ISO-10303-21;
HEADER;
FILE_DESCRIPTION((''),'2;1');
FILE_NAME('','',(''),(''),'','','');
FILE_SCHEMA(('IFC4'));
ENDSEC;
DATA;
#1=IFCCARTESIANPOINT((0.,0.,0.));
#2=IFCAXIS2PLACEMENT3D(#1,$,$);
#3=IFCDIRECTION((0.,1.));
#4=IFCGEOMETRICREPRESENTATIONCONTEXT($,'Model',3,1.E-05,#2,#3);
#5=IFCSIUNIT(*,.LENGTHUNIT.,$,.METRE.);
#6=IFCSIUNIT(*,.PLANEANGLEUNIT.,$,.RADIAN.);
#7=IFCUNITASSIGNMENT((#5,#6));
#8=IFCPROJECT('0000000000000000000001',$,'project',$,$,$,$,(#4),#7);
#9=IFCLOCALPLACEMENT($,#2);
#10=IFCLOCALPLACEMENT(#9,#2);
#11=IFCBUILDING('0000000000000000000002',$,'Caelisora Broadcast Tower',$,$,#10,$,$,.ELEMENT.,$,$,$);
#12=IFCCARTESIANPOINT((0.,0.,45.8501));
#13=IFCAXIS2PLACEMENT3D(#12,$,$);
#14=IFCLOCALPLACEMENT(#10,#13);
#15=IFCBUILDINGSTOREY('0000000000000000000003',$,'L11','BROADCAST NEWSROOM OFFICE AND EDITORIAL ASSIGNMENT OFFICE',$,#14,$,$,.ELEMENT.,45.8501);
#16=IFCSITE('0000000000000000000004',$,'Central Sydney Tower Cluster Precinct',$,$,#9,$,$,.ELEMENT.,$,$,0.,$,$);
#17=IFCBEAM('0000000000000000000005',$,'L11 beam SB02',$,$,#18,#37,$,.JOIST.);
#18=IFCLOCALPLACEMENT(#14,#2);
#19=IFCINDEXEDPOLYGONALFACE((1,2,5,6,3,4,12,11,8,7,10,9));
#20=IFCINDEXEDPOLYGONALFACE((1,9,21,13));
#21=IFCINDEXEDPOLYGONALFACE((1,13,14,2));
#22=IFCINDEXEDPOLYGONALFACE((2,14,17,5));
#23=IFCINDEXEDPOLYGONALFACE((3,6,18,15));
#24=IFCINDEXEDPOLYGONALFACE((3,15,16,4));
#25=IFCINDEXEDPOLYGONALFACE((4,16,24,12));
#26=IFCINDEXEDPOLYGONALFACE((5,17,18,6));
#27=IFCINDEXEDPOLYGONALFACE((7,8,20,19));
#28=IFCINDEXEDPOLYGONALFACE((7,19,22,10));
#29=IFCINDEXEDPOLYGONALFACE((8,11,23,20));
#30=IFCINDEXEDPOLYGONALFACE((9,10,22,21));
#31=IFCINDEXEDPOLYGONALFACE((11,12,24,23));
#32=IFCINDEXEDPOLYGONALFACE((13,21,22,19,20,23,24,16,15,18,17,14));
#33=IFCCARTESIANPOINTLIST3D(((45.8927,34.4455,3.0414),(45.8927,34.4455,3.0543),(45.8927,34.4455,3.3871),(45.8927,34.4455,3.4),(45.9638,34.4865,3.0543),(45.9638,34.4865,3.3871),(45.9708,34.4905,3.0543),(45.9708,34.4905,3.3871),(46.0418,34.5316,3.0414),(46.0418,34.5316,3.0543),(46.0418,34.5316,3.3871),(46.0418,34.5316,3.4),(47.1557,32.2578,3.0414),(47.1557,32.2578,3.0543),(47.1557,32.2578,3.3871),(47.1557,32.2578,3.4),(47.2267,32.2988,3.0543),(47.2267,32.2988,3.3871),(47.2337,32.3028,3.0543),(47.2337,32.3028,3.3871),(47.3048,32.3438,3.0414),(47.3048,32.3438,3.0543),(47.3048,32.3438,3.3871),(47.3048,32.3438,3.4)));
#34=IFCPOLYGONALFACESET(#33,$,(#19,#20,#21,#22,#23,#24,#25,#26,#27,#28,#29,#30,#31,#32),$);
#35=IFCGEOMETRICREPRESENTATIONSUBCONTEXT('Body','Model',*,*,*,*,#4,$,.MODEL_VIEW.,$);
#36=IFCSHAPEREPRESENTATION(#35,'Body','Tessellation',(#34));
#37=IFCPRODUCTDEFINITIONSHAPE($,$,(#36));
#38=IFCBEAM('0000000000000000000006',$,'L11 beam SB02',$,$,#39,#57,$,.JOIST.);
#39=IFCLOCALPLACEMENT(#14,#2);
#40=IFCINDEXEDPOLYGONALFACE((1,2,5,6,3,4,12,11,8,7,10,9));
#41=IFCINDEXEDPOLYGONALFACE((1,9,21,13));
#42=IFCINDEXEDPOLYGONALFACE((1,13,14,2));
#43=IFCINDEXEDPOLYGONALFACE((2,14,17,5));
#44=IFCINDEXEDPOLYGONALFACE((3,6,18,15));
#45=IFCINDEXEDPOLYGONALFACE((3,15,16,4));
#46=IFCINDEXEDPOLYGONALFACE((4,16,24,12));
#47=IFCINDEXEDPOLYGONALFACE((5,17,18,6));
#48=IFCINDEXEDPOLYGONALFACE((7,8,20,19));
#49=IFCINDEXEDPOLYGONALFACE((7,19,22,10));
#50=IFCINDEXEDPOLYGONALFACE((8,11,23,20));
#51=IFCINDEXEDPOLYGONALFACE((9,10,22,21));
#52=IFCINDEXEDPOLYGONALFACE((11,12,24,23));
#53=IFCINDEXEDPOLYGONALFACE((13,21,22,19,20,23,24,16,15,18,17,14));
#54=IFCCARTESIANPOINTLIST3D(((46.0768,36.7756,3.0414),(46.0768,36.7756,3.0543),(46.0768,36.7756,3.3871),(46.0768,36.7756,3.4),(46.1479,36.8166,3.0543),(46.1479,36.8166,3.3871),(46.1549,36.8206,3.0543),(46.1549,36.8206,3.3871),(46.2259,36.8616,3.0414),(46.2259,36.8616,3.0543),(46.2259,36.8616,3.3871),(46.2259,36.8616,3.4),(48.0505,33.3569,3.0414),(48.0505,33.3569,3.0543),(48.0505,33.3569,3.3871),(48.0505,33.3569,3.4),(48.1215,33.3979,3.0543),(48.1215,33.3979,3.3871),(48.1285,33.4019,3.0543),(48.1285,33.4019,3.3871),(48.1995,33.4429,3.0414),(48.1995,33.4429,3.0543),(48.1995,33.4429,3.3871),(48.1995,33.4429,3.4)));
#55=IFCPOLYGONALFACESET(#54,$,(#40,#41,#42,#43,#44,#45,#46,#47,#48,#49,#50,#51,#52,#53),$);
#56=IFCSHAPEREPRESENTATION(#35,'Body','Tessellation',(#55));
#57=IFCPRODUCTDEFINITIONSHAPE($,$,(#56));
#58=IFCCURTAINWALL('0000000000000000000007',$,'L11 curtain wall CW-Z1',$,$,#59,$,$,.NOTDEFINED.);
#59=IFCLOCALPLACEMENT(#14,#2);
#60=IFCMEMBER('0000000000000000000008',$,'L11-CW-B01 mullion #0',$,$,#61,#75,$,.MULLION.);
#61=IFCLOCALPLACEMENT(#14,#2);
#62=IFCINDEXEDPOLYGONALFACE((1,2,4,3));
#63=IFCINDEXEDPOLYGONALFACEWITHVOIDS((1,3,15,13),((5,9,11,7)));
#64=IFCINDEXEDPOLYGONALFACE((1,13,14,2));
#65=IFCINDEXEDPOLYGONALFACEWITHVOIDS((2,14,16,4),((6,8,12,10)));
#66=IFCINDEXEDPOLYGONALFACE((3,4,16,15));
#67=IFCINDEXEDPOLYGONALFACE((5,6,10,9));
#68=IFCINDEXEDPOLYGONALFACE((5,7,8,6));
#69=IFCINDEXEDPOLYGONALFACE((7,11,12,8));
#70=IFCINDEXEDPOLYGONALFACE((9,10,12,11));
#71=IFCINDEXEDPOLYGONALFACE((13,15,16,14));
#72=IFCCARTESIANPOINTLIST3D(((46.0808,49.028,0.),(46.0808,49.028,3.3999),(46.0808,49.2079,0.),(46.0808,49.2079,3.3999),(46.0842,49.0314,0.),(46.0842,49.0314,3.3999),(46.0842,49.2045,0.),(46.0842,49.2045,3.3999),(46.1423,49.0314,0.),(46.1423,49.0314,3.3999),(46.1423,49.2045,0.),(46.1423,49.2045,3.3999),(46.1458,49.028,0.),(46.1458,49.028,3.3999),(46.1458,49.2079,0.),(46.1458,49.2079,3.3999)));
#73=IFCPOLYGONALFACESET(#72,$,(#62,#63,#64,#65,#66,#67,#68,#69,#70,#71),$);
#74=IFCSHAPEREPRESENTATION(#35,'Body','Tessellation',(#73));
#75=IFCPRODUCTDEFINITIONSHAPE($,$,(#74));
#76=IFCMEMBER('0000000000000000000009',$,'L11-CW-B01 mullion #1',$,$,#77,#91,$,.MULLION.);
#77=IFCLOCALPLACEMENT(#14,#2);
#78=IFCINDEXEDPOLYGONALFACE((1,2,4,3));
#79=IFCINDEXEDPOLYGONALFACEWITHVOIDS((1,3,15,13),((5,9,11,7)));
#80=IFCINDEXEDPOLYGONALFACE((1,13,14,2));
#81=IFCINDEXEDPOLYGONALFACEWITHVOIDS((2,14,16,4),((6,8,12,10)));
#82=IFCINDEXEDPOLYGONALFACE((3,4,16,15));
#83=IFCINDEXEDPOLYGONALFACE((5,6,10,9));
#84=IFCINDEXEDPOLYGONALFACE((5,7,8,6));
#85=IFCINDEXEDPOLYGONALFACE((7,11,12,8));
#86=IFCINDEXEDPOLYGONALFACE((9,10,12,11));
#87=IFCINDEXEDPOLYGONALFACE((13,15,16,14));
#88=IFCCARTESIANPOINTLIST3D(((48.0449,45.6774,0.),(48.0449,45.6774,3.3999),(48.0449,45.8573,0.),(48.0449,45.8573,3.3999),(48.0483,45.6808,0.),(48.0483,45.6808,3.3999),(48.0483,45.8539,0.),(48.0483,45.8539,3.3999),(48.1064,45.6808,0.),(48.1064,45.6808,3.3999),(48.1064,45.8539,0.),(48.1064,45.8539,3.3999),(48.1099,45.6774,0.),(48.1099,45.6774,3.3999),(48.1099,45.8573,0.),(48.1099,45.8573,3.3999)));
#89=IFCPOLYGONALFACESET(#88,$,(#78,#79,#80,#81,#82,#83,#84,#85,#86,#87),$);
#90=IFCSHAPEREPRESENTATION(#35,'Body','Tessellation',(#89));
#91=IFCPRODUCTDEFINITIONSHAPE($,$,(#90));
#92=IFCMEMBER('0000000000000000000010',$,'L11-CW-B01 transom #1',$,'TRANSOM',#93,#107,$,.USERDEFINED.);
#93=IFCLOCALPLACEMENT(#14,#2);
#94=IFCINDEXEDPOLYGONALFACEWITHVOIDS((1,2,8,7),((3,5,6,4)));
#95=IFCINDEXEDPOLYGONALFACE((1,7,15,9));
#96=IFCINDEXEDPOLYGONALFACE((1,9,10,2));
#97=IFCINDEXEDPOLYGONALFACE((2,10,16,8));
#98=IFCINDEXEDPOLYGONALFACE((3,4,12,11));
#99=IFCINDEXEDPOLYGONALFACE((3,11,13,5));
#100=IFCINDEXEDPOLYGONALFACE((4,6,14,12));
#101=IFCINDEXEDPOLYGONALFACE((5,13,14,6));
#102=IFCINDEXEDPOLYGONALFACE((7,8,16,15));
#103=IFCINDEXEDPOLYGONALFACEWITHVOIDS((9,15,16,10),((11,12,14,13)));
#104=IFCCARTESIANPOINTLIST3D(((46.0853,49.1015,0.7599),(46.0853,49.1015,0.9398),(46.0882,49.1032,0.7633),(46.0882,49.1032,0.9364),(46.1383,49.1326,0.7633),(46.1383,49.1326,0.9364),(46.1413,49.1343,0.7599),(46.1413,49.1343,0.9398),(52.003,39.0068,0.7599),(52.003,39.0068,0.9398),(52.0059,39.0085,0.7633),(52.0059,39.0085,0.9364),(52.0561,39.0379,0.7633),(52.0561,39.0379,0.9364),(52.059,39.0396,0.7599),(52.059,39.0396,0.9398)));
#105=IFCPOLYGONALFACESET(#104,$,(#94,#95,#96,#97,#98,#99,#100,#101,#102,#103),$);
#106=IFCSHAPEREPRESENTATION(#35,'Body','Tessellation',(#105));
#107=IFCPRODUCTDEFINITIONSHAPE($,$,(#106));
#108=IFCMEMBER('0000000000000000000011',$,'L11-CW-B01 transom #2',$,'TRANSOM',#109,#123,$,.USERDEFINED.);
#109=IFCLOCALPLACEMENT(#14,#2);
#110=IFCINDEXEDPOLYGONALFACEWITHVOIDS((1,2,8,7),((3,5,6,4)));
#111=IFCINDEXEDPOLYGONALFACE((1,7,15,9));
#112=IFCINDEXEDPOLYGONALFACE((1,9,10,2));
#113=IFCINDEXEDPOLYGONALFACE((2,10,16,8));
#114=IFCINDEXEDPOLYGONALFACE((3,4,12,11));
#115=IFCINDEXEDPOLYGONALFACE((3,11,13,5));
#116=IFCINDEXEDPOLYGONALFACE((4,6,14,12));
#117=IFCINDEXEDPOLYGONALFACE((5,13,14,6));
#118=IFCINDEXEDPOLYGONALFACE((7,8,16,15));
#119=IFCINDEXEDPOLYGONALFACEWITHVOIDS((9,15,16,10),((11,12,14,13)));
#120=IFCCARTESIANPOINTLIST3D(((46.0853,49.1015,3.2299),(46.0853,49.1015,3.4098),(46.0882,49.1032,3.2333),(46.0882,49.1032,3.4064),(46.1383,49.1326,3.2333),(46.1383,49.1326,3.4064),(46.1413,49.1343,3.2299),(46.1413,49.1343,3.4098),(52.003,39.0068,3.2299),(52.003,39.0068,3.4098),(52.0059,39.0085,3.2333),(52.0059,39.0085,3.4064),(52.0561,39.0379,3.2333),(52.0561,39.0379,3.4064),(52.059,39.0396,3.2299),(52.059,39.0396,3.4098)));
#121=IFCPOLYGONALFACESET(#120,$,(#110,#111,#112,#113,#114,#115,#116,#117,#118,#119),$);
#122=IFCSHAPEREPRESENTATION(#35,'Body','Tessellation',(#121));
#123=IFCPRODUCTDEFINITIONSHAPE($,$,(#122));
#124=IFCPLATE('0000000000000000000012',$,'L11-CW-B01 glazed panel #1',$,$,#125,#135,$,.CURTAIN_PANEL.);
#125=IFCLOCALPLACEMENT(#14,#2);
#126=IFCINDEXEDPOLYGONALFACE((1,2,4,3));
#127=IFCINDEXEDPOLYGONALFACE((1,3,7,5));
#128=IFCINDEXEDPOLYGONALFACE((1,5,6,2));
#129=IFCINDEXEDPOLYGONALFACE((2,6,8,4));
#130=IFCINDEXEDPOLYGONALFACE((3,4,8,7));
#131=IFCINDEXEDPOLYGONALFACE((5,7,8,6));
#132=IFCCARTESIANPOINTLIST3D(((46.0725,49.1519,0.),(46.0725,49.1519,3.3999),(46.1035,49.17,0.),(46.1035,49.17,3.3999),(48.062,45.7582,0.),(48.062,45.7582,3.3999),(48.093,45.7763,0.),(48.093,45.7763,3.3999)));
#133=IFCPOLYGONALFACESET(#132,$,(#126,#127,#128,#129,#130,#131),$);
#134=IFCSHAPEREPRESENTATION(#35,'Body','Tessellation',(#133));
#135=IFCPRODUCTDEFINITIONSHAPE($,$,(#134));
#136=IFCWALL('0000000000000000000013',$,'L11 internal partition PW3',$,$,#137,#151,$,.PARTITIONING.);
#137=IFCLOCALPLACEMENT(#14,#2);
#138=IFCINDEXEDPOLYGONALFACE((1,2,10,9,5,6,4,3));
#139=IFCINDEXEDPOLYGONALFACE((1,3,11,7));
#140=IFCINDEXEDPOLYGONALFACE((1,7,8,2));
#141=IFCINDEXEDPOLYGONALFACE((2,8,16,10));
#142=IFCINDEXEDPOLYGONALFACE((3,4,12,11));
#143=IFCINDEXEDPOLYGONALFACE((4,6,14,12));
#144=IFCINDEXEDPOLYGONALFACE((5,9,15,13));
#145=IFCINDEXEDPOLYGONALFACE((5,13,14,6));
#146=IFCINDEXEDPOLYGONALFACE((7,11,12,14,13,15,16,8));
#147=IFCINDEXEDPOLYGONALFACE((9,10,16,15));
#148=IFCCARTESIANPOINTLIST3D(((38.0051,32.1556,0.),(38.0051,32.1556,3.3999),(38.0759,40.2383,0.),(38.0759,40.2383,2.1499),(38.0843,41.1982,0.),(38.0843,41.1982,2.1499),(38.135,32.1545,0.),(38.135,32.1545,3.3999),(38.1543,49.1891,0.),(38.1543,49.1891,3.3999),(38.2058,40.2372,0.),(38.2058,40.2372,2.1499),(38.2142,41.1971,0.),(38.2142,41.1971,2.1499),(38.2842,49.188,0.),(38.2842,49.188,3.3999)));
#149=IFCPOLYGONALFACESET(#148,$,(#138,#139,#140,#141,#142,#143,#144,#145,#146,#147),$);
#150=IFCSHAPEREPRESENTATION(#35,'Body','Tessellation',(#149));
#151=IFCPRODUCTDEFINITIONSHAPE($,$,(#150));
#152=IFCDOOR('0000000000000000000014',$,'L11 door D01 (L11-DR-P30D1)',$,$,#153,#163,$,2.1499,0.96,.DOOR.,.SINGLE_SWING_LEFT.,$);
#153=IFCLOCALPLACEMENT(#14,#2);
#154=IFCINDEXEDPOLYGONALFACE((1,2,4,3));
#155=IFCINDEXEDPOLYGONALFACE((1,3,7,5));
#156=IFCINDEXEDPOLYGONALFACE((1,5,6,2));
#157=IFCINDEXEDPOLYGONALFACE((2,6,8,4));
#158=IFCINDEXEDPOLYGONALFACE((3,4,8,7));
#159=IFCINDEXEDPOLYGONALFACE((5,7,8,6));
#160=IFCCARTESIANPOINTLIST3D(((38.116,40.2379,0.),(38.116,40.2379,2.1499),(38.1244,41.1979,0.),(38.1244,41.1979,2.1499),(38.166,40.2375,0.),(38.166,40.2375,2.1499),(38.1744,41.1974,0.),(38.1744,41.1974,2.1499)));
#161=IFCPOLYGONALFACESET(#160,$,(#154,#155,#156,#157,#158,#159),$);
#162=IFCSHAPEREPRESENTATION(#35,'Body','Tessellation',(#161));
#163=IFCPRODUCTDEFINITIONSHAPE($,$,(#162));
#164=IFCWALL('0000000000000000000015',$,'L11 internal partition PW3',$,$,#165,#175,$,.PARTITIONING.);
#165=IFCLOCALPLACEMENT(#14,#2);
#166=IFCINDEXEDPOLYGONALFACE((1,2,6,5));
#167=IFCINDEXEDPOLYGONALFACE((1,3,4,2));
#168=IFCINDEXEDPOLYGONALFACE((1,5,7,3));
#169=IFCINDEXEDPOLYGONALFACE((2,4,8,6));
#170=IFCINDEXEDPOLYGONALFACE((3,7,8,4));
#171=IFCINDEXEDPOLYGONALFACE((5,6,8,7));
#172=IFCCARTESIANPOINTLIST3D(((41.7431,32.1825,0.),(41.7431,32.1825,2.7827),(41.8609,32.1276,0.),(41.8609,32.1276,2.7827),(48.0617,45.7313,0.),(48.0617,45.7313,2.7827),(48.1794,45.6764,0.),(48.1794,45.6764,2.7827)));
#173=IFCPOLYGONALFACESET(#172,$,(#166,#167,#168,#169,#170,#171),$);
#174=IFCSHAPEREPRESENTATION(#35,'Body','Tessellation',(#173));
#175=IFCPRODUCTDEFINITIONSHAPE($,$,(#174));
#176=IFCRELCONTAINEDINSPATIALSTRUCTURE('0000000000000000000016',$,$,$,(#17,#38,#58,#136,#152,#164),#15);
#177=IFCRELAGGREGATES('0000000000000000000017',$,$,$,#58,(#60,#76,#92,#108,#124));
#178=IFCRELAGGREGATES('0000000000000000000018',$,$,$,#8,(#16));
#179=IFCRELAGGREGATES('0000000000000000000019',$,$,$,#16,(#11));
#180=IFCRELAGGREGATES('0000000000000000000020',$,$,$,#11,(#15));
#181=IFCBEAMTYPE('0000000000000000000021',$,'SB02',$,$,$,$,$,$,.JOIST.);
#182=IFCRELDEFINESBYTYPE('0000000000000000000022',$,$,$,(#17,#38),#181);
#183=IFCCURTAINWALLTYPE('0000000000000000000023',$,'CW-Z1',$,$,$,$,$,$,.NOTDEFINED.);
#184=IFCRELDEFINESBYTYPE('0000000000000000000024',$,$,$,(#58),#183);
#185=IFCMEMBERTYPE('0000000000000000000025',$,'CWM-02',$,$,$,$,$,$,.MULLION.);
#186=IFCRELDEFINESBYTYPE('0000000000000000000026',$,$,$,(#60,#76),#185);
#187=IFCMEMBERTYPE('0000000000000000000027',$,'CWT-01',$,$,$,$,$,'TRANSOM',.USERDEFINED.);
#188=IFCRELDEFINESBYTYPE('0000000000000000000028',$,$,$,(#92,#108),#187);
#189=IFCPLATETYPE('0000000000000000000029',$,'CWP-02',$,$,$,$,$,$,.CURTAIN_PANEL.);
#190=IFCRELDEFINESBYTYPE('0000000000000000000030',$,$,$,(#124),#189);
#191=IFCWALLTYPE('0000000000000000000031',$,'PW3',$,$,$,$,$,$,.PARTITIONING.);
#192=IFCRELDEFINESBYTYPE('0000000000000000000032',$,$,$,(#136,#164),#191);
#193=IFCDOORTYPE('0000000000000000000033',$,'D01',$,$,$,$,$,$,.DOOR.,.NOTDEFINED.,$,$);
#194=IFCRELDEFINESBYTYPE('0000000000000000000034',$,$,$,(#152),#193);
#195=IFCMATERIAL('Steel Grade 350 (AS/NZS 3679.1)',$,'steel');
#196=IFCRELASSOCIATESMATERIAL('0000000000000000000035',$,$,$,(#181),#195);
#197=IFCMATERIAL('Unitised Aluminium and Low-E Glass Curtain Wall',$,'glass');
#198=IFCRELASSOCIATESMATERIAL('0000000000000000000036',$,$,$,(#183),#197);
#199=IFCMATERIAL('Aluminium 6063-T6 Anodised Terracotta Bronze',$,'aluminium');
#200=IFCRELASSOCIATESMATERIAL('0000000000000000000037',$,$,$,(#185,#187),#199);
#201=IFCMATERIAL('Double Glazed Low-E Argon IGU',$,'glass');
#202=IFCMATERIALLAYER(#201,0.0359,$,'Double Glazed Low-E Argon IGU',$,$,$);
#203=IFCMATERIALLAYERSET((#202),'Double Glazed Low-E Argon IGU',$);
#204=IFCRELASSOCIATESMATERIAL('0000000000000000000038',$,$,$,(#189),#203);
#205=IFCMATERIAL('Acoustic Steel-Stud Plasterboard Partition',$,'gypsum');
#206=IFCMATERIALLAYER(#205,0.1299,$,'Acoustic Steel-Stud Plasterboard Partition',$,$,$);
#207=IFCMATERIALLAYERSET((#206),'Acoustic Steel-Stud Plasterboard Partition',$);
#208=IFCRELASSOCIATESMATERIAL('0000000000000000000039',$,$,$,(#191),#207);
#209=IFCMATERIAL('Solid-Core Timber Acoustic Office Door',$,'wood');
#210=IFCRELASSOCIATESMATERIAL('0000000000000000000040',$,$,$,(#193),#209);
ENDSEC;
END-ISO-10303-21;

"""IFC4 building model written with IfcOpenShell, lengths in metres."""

from ifc_helpers import new_model, si_unit, direction, frame, frame_2d, origin, origin_2d, place, context, subcontext, project, spatial, rectangle, hollow_rectangle, i_section, extrude, source, transform, mapped, material, layer, layer_set, material_profile, profile_set, type_object, type_shapes, element, fill, aggregate, save


model = new_model("IFC4")

# Units and contexts
model_context = context("Model", 3, precision=1e-05, world=origin(), true_north=direction((0.0, 1.0)))
body_context = subcontext(model_context, "Body", "Model", "MODEL_VIEW")
ifc_project = project(units=[si_unit("LENGTHUNIT", "METRE"), si_unit("PLANEANGLEUNIT", "RADIAN")], contexts=[model_context])

# Site, building, storey
site_placement = place(None, origin())
site = spatial("IfcSite", under=ifc_project, at=site_placement, Name="Central Sydney Tower Cluster Precinct", CompositionType="ELEMENT", RefElevation=0.0)
building_placement = place(site_placement, origin())
building = spatial("IfcBuilding", under=site, at=building_placement, Name="Caelisora Broadcast Tower", CompositionType="ELEMENT")
storey_placement = place(building_placement, frame((0.0, 0.0, 45.8501)))
storey = spatial("IfcBuildingStorey", under=building, at=storey_placement, Name="L11", Description="BROADCAST NEWSROOM OFFICE AND EDITORIAL ASSIGNMENT OFFICE", CompositionType="ELEMENT", Elevation=45.8501)

# Beams
ifc_material_1 = material(Name="Steel Grade 350 (AS/NZS 3679.1)", Category="steel")
ifc_material_profile_1 = material_profile(ifc_material_1, i_section(OverallWidth=0.1721, OverallDepth=0.3586, WebThickness=0.0081, FlangeThickness=0.0129, at=origin_2d()), Name="Steel Grade 350 (AS/NZS 3679.1)")
ifc_profile_set_1 = profile_set([ifc_material_profile_1], Name="Steel Grade 350 (AS/NZS 3679.1)")
beam_type_1 = type_object("IfcBeamType", Name="SB02", PredefinedType="JOIST", material=ifc_profile_set_1)
shared_shape_1 = source(origin(), body_context, "Body", "SweptSolid", [
    extrude(i_section(OverallWidth=0.1721, OverallDepth=0.3586, WebThickness=0.0081, FlangeThickness=0.0129, at=origin_2d()), origin(), (0.0, 0.0, 1.0), 2.5261),
])
beam_1_placement = place(storey_placement, frame((47.2302, 32.3008, 3.2207), z_axis=(-0.499954, 0.866052, 0.0), x_axis=(-0.866052, -0.499954, 0.0)))
element("IfcBeam", 1, at=beam_1_placement, inside=storey, type_object=beam_type_1, Name="L11 beam SB02", PredefinedType="JOIST", context=body_context, shape_type="MappedRepresentation", body=[
    mapped(shared_shape_1, transform((0.0, 0.0, 0.0), scale=1.0)),
])
shared_shape_2 = source(origin(), body_context, "Body", "SweptSolid", [
    extrude(i_section(OverallWidth=0.1721, OverallDepth=0.3586, WebThickness=0.0081, FlangeThickness=0.0129, at=origin_2d()), origin(), (0.0, 0.0, 1.0), 3.9475),
])
beam_2_placement = place(storey_placement, frame((48.125, 33.3999, 3.2207), z_axis=(-0.499971, 0.866042, 0.0), x_axis=(-0.866042, -0.499971, 0.0)))
element("IfcBeam", 2, at=beam_2_placement, inside=storey, type_object=beam_type_1, Name="L11 beam SB02", PredefinedType="JOIST", context=body_context, shape_type="MappedRepresentation", body=[
    mapped(shared_shape_2, transform((0.0, 0.0, 0.0), scale=1.0)),
])

# Curtain wall, members, plate
ifc_material_2 = material(Name="Unitised Aluminium and Low-E Glass Curtain Wall", Category="glass")
curtain_wall_type = type_object("IfcCurtainWallType", Name="CW-Z1", PredefinedType="NOTDEFINED", material=ifc_material_2)
curtain_wall_placement = place(storey_placement, origin())
curtain_wall = element("IfcCurtainWall", 3, at=curtain_wall_placement, inside=storey, type_object=curtain_wall_type, Name="L11 curtain wall CW-Z1", PredefinedType="NOTDEFINED")
ifc_material_3 = material(Name="Aluminium 6063-T6 Anodised Terracotta Bronze", Category="aluminium")
ifc_material_profile_2 = material_profile(ifc_material_3, hollow_rectangle(XDim=0.0649, YDim=0.1799, WallThickness=0.0034, at=origin_2d()), Name="Aluminium 6063-T6 Anodised Terracotta Bronze")
ifc_profile_set_2 = profile_set([ifc_material_profile_2], Name="Aluminium 6063-T6 Anodised Terracotta Bronze")
member_type_1 = type_object("IfcMemberType", Name="CWM-02", PredefinedType="MULLION", material=ifc_profile_set_2)
shared_shape_3 = source(origin(), body_context, "Body", "SweptSolid", [
    extrude(hollow_rectangle(XDim=0.0649, YDim=0.1799, WallThickness=0.0034, at=origin_2d()), origin(), (0.0, 0.0, 1.0), 3.3999),
])
type_shapes(member_type_1, [shared_shape_3])
member_1_placement = place(storey_placement, frame((46.1133, 49.1179, 0.0), z_axis=(0.0, 0.0, 1.0), x_axis=(1.0, 0.0, 0.0)))
member_1 = element("IfcMember", 4, at=member_1_placement, type_object=member_type_1, Name="L11-CW-B01 mullion #0", PredefinedType="MULLION", context=body_context, shape_type="MappedRepresentation", body=[
    mapped(shared_shape_3, transform((0.0, 0.0, 0.0), scale=1.0)),
])
member_2_placement = place(storey_placement, frame((48.0774, 45.7673, 0.0), z_axis=(0.0, 0.0, 1.0), x_axis=(1.0, 0.0, 0.0)))
member_2 = element("IfcMember", 5, at=member_2_placement, type_object=member_type_1, Name="L11-CW-B01 mullion #1", PredefinedType="MULLION", context=body_context, shape_type="MappedRepresentation", body=[
    mapped(shared_shape_3, transform((0.0, 0.0, 0.0), scale=1.0)),
])
ifc_material_profile_3 = material_profile(ifc_material_3, hollow_rectangle(XDim=0.0649, YDim=0.1799, WallThickness=0.0034, at=origin_2d()), Name="Aluminium 6063-T6 Anodised Terracotta Bronze")
ifc_profile_set_3 = profile_set([ifc_material_profile_3], Name="Aluminium 6063-T6 Anodised Terracotta Bronze")
member_type_2 = type_object("IfcMemberType", Name="CWT-01", ElementType="TRANSOM", PredefinedType="USERDEFINED", material=ifc_profile_set_3)
shared_shape_4 = source(origin(), body_context, "Body", "SweptSolid", [
    extrude(hollow_rectangle(XDim=0.0649, YDim=0.1799, WallThickness=0.0034, at=origin_2d()), origin(), (0.0, 0.0, 1.0), 11.7014),
])
type_shapes(member_type_2, [shared_shape_4])
member_3_placement = place(storey_placement, frame((46.1133, 49.1179, 0.8499), z_axis=(0.505728, -0.862693, 0.0), x_axis=(0.862693, 0.505728, 0.0)))
member_3 = element("IfcMember", 6, at=member_3_placement, type_object=member_type_2, Name="L11-CW-B01 transom #1", ObjectType="TRANSOM", PredefinedType="USERDEFINED", context=body_context, shape_type="MappedRepresentation", body=[
    mapped(shared_shape_4, transform((0.0, 0.0, 0.0), scale=1.0)),
])
member_4_placement = place(storey_placement, frame((46.1133, 49.1179, 3.3198), z_axis=(0.505728, -0.862693, 0.0), x_axis=(0.862693, 0.505728, 0.0)))
member_4 = element("IfcMember", 7, at=member_4_placement, type_object=member_type_2, Name="L11-CW-B01 transom #2", ObjectType="TRANSOM", PredefinedType="USERDEFINED", context=body_context, shape_type="MappedRepresentation", body=[
    mapped(shared_shape_4, transform((0.0, 0.0, 0.0), scale=1.0)),
])
ifc_material_4 = material(Name="Double Glazed Low-E Argon IGU", Category="glass")
ifc_layer_1 = layer(ifc_material_4, 0.0359, Name="Double Glazed Low-E Argon IGU")
ifc_layer_set_1 = layer_set([ifc_layer_1], Name="Double Glazed Low-E Argon IGU")
plate_type = type_object("IfcPlateType", Name="CWP-02", PredefinedType="CURTAIN_PANEL", material=ifc_layer_set_1)
shared_shape_5 = source(origin(), body_context, "Body", "SweptSolid", [
    extrude(rectangle(XDim=3.9338, YDim=0.0359, at=origin_2d()), origin(), (0.0, 0.0, 1.0), 3.3999),
])
type_shapes(plate_type, [shared_shape_5])
plate_placement = place(storey_placement, frame((47.0828, 47.4641, 0.0), z_axis=(0.0, 0.0, 1.0), x_axis=(0.505733, -0.86269, 0.0)))
plate = element("IfcPlate", 8, at=plate_placement, type_object=plate_type, Name="L11-CW-B01 glazed panel #1", PredefinedType="CURTAIN_PANEL", context=body_context, shape_type="MappedRepresentation", body=[
    mapped(shared_shape_5, transform((0.0, 0.0, 0.0), scale=1.0)),
])
aggregate(curtain_wall, [member_1, member_2, member_3, member_4, plate])

# Wall, opening, door
ifc_material_5 = material(Name="Acoustic Steel-Stud Plasterboard Partition", Category="gypsum")
ifc_layer_2 = layer(ifc_material_5, 0.1299, Name="Acoustic Steel-Stud Plasterboard Partition")
ifc_layer_set_2 = layer_set([ifc_layer_2], Name="Acoustic Steel-Stud Plasterboard Partition")
wall_type_1 = type_object("IfcWallType", Name="PW3", PredefinedType="PARTITIONING", material=ifc_layer_set_2)
wall_1_placement = place(storey_placement, frame((38.0701, 32.155, 0.0), z_axis=(0.0, 0.0, 1.0), x_axis=(0.008757, 0.999962, 0.0)))
wall_1 = element("IfcWall", 9, at=wall_1_placement, inside=storey, type_object=wall_type_1, Name="L11 internal partition PW3", PredefinedType="PARTITIONING", context=body_context, shape_type="SweptSolid", body=[
    extrude(rectangle(XDim=17.0342, YDim=0.1299, at=frame_2d((8.5171, 0.0))), origin(), (0.0, 0.0, 1.0), 3.3999),
])
opening_1_placement = place(wall_1_placement, frame((8.083, 0.0, 0.0)))
opening_1 = element("IfcOpeningElement", 10, at=opening_1_placement, cuts=wall_1, PredefinedType="OPENING", context=body_context, shape_type="SweptSolid", body=[
    extrude(rectangle(XDim=0.96, YDim=2.1499, at=frame_2d((0.48, 1.075))), frame((0.0, 0.0769, 0.0), z_axis=(0.0, -1.0, 0.0), x_axis=(1.0, 0.0, 0.0)), (0.0, 0.0, 1.0), 0.1538),
])
ifc_material_6 = material(Name="Solid-Core Timber Acoustic Office Door", Category="wood")
door_type = type_object("IfcDoorType", Name="D01", OperationType="NOTDEFINED", PredefinedType="DOOR", material=ifc_material_6)
door_1_placement = place(opening_1_placement, origin())
door_1 = element("IfcDoor", 11, at=door_1_placement, inside=storey, type_object=door_type, Name="L11 door D01 (L11-DR-P30D1)", OperationType="SINGLE_SWING_LEFT", OverallHeight=2.1499, OverallWidth=0.96, PredefinedType="DOOR", context=body_context, shape_type="SweptSolid", body=[
    extrude(rectangle(XDim=0.96, YDim=2.1499, at=frame_2d((0.48, 1.075))), frame((0.0, 0.0249, 0.0), z_axis=(0.0, -1.0, 0.0), x_axis=(1.0, 0.0, 0.0)), (0.0, 0.0, 1.0), 0.05),
])
fill(opening_1, door_1)

# Wall
wall_2_placement = place(storey_placement, frame((41.802, 32.155, 0.0), z_axis=(0.0, 0.0, 1.0), x_axis=(0.422656, 0.90629, 0.0)))
element("IfcWall", 12, at=wall_2_placement, inside=storey, type_object=wall_type_1, Name="L11 internal partition PW3", PredefinedType="PARTITIONING", context=body_context, shape_type="SweptSolid", body=[
    extrude(rectangle(XDim=14.9497, YDim=0.1299, at=frame_2d((7.4749, 0.0))), origin(), (0.0, 0.0, 1.0), 2.7827),
])

save(model, "model.ifc")
